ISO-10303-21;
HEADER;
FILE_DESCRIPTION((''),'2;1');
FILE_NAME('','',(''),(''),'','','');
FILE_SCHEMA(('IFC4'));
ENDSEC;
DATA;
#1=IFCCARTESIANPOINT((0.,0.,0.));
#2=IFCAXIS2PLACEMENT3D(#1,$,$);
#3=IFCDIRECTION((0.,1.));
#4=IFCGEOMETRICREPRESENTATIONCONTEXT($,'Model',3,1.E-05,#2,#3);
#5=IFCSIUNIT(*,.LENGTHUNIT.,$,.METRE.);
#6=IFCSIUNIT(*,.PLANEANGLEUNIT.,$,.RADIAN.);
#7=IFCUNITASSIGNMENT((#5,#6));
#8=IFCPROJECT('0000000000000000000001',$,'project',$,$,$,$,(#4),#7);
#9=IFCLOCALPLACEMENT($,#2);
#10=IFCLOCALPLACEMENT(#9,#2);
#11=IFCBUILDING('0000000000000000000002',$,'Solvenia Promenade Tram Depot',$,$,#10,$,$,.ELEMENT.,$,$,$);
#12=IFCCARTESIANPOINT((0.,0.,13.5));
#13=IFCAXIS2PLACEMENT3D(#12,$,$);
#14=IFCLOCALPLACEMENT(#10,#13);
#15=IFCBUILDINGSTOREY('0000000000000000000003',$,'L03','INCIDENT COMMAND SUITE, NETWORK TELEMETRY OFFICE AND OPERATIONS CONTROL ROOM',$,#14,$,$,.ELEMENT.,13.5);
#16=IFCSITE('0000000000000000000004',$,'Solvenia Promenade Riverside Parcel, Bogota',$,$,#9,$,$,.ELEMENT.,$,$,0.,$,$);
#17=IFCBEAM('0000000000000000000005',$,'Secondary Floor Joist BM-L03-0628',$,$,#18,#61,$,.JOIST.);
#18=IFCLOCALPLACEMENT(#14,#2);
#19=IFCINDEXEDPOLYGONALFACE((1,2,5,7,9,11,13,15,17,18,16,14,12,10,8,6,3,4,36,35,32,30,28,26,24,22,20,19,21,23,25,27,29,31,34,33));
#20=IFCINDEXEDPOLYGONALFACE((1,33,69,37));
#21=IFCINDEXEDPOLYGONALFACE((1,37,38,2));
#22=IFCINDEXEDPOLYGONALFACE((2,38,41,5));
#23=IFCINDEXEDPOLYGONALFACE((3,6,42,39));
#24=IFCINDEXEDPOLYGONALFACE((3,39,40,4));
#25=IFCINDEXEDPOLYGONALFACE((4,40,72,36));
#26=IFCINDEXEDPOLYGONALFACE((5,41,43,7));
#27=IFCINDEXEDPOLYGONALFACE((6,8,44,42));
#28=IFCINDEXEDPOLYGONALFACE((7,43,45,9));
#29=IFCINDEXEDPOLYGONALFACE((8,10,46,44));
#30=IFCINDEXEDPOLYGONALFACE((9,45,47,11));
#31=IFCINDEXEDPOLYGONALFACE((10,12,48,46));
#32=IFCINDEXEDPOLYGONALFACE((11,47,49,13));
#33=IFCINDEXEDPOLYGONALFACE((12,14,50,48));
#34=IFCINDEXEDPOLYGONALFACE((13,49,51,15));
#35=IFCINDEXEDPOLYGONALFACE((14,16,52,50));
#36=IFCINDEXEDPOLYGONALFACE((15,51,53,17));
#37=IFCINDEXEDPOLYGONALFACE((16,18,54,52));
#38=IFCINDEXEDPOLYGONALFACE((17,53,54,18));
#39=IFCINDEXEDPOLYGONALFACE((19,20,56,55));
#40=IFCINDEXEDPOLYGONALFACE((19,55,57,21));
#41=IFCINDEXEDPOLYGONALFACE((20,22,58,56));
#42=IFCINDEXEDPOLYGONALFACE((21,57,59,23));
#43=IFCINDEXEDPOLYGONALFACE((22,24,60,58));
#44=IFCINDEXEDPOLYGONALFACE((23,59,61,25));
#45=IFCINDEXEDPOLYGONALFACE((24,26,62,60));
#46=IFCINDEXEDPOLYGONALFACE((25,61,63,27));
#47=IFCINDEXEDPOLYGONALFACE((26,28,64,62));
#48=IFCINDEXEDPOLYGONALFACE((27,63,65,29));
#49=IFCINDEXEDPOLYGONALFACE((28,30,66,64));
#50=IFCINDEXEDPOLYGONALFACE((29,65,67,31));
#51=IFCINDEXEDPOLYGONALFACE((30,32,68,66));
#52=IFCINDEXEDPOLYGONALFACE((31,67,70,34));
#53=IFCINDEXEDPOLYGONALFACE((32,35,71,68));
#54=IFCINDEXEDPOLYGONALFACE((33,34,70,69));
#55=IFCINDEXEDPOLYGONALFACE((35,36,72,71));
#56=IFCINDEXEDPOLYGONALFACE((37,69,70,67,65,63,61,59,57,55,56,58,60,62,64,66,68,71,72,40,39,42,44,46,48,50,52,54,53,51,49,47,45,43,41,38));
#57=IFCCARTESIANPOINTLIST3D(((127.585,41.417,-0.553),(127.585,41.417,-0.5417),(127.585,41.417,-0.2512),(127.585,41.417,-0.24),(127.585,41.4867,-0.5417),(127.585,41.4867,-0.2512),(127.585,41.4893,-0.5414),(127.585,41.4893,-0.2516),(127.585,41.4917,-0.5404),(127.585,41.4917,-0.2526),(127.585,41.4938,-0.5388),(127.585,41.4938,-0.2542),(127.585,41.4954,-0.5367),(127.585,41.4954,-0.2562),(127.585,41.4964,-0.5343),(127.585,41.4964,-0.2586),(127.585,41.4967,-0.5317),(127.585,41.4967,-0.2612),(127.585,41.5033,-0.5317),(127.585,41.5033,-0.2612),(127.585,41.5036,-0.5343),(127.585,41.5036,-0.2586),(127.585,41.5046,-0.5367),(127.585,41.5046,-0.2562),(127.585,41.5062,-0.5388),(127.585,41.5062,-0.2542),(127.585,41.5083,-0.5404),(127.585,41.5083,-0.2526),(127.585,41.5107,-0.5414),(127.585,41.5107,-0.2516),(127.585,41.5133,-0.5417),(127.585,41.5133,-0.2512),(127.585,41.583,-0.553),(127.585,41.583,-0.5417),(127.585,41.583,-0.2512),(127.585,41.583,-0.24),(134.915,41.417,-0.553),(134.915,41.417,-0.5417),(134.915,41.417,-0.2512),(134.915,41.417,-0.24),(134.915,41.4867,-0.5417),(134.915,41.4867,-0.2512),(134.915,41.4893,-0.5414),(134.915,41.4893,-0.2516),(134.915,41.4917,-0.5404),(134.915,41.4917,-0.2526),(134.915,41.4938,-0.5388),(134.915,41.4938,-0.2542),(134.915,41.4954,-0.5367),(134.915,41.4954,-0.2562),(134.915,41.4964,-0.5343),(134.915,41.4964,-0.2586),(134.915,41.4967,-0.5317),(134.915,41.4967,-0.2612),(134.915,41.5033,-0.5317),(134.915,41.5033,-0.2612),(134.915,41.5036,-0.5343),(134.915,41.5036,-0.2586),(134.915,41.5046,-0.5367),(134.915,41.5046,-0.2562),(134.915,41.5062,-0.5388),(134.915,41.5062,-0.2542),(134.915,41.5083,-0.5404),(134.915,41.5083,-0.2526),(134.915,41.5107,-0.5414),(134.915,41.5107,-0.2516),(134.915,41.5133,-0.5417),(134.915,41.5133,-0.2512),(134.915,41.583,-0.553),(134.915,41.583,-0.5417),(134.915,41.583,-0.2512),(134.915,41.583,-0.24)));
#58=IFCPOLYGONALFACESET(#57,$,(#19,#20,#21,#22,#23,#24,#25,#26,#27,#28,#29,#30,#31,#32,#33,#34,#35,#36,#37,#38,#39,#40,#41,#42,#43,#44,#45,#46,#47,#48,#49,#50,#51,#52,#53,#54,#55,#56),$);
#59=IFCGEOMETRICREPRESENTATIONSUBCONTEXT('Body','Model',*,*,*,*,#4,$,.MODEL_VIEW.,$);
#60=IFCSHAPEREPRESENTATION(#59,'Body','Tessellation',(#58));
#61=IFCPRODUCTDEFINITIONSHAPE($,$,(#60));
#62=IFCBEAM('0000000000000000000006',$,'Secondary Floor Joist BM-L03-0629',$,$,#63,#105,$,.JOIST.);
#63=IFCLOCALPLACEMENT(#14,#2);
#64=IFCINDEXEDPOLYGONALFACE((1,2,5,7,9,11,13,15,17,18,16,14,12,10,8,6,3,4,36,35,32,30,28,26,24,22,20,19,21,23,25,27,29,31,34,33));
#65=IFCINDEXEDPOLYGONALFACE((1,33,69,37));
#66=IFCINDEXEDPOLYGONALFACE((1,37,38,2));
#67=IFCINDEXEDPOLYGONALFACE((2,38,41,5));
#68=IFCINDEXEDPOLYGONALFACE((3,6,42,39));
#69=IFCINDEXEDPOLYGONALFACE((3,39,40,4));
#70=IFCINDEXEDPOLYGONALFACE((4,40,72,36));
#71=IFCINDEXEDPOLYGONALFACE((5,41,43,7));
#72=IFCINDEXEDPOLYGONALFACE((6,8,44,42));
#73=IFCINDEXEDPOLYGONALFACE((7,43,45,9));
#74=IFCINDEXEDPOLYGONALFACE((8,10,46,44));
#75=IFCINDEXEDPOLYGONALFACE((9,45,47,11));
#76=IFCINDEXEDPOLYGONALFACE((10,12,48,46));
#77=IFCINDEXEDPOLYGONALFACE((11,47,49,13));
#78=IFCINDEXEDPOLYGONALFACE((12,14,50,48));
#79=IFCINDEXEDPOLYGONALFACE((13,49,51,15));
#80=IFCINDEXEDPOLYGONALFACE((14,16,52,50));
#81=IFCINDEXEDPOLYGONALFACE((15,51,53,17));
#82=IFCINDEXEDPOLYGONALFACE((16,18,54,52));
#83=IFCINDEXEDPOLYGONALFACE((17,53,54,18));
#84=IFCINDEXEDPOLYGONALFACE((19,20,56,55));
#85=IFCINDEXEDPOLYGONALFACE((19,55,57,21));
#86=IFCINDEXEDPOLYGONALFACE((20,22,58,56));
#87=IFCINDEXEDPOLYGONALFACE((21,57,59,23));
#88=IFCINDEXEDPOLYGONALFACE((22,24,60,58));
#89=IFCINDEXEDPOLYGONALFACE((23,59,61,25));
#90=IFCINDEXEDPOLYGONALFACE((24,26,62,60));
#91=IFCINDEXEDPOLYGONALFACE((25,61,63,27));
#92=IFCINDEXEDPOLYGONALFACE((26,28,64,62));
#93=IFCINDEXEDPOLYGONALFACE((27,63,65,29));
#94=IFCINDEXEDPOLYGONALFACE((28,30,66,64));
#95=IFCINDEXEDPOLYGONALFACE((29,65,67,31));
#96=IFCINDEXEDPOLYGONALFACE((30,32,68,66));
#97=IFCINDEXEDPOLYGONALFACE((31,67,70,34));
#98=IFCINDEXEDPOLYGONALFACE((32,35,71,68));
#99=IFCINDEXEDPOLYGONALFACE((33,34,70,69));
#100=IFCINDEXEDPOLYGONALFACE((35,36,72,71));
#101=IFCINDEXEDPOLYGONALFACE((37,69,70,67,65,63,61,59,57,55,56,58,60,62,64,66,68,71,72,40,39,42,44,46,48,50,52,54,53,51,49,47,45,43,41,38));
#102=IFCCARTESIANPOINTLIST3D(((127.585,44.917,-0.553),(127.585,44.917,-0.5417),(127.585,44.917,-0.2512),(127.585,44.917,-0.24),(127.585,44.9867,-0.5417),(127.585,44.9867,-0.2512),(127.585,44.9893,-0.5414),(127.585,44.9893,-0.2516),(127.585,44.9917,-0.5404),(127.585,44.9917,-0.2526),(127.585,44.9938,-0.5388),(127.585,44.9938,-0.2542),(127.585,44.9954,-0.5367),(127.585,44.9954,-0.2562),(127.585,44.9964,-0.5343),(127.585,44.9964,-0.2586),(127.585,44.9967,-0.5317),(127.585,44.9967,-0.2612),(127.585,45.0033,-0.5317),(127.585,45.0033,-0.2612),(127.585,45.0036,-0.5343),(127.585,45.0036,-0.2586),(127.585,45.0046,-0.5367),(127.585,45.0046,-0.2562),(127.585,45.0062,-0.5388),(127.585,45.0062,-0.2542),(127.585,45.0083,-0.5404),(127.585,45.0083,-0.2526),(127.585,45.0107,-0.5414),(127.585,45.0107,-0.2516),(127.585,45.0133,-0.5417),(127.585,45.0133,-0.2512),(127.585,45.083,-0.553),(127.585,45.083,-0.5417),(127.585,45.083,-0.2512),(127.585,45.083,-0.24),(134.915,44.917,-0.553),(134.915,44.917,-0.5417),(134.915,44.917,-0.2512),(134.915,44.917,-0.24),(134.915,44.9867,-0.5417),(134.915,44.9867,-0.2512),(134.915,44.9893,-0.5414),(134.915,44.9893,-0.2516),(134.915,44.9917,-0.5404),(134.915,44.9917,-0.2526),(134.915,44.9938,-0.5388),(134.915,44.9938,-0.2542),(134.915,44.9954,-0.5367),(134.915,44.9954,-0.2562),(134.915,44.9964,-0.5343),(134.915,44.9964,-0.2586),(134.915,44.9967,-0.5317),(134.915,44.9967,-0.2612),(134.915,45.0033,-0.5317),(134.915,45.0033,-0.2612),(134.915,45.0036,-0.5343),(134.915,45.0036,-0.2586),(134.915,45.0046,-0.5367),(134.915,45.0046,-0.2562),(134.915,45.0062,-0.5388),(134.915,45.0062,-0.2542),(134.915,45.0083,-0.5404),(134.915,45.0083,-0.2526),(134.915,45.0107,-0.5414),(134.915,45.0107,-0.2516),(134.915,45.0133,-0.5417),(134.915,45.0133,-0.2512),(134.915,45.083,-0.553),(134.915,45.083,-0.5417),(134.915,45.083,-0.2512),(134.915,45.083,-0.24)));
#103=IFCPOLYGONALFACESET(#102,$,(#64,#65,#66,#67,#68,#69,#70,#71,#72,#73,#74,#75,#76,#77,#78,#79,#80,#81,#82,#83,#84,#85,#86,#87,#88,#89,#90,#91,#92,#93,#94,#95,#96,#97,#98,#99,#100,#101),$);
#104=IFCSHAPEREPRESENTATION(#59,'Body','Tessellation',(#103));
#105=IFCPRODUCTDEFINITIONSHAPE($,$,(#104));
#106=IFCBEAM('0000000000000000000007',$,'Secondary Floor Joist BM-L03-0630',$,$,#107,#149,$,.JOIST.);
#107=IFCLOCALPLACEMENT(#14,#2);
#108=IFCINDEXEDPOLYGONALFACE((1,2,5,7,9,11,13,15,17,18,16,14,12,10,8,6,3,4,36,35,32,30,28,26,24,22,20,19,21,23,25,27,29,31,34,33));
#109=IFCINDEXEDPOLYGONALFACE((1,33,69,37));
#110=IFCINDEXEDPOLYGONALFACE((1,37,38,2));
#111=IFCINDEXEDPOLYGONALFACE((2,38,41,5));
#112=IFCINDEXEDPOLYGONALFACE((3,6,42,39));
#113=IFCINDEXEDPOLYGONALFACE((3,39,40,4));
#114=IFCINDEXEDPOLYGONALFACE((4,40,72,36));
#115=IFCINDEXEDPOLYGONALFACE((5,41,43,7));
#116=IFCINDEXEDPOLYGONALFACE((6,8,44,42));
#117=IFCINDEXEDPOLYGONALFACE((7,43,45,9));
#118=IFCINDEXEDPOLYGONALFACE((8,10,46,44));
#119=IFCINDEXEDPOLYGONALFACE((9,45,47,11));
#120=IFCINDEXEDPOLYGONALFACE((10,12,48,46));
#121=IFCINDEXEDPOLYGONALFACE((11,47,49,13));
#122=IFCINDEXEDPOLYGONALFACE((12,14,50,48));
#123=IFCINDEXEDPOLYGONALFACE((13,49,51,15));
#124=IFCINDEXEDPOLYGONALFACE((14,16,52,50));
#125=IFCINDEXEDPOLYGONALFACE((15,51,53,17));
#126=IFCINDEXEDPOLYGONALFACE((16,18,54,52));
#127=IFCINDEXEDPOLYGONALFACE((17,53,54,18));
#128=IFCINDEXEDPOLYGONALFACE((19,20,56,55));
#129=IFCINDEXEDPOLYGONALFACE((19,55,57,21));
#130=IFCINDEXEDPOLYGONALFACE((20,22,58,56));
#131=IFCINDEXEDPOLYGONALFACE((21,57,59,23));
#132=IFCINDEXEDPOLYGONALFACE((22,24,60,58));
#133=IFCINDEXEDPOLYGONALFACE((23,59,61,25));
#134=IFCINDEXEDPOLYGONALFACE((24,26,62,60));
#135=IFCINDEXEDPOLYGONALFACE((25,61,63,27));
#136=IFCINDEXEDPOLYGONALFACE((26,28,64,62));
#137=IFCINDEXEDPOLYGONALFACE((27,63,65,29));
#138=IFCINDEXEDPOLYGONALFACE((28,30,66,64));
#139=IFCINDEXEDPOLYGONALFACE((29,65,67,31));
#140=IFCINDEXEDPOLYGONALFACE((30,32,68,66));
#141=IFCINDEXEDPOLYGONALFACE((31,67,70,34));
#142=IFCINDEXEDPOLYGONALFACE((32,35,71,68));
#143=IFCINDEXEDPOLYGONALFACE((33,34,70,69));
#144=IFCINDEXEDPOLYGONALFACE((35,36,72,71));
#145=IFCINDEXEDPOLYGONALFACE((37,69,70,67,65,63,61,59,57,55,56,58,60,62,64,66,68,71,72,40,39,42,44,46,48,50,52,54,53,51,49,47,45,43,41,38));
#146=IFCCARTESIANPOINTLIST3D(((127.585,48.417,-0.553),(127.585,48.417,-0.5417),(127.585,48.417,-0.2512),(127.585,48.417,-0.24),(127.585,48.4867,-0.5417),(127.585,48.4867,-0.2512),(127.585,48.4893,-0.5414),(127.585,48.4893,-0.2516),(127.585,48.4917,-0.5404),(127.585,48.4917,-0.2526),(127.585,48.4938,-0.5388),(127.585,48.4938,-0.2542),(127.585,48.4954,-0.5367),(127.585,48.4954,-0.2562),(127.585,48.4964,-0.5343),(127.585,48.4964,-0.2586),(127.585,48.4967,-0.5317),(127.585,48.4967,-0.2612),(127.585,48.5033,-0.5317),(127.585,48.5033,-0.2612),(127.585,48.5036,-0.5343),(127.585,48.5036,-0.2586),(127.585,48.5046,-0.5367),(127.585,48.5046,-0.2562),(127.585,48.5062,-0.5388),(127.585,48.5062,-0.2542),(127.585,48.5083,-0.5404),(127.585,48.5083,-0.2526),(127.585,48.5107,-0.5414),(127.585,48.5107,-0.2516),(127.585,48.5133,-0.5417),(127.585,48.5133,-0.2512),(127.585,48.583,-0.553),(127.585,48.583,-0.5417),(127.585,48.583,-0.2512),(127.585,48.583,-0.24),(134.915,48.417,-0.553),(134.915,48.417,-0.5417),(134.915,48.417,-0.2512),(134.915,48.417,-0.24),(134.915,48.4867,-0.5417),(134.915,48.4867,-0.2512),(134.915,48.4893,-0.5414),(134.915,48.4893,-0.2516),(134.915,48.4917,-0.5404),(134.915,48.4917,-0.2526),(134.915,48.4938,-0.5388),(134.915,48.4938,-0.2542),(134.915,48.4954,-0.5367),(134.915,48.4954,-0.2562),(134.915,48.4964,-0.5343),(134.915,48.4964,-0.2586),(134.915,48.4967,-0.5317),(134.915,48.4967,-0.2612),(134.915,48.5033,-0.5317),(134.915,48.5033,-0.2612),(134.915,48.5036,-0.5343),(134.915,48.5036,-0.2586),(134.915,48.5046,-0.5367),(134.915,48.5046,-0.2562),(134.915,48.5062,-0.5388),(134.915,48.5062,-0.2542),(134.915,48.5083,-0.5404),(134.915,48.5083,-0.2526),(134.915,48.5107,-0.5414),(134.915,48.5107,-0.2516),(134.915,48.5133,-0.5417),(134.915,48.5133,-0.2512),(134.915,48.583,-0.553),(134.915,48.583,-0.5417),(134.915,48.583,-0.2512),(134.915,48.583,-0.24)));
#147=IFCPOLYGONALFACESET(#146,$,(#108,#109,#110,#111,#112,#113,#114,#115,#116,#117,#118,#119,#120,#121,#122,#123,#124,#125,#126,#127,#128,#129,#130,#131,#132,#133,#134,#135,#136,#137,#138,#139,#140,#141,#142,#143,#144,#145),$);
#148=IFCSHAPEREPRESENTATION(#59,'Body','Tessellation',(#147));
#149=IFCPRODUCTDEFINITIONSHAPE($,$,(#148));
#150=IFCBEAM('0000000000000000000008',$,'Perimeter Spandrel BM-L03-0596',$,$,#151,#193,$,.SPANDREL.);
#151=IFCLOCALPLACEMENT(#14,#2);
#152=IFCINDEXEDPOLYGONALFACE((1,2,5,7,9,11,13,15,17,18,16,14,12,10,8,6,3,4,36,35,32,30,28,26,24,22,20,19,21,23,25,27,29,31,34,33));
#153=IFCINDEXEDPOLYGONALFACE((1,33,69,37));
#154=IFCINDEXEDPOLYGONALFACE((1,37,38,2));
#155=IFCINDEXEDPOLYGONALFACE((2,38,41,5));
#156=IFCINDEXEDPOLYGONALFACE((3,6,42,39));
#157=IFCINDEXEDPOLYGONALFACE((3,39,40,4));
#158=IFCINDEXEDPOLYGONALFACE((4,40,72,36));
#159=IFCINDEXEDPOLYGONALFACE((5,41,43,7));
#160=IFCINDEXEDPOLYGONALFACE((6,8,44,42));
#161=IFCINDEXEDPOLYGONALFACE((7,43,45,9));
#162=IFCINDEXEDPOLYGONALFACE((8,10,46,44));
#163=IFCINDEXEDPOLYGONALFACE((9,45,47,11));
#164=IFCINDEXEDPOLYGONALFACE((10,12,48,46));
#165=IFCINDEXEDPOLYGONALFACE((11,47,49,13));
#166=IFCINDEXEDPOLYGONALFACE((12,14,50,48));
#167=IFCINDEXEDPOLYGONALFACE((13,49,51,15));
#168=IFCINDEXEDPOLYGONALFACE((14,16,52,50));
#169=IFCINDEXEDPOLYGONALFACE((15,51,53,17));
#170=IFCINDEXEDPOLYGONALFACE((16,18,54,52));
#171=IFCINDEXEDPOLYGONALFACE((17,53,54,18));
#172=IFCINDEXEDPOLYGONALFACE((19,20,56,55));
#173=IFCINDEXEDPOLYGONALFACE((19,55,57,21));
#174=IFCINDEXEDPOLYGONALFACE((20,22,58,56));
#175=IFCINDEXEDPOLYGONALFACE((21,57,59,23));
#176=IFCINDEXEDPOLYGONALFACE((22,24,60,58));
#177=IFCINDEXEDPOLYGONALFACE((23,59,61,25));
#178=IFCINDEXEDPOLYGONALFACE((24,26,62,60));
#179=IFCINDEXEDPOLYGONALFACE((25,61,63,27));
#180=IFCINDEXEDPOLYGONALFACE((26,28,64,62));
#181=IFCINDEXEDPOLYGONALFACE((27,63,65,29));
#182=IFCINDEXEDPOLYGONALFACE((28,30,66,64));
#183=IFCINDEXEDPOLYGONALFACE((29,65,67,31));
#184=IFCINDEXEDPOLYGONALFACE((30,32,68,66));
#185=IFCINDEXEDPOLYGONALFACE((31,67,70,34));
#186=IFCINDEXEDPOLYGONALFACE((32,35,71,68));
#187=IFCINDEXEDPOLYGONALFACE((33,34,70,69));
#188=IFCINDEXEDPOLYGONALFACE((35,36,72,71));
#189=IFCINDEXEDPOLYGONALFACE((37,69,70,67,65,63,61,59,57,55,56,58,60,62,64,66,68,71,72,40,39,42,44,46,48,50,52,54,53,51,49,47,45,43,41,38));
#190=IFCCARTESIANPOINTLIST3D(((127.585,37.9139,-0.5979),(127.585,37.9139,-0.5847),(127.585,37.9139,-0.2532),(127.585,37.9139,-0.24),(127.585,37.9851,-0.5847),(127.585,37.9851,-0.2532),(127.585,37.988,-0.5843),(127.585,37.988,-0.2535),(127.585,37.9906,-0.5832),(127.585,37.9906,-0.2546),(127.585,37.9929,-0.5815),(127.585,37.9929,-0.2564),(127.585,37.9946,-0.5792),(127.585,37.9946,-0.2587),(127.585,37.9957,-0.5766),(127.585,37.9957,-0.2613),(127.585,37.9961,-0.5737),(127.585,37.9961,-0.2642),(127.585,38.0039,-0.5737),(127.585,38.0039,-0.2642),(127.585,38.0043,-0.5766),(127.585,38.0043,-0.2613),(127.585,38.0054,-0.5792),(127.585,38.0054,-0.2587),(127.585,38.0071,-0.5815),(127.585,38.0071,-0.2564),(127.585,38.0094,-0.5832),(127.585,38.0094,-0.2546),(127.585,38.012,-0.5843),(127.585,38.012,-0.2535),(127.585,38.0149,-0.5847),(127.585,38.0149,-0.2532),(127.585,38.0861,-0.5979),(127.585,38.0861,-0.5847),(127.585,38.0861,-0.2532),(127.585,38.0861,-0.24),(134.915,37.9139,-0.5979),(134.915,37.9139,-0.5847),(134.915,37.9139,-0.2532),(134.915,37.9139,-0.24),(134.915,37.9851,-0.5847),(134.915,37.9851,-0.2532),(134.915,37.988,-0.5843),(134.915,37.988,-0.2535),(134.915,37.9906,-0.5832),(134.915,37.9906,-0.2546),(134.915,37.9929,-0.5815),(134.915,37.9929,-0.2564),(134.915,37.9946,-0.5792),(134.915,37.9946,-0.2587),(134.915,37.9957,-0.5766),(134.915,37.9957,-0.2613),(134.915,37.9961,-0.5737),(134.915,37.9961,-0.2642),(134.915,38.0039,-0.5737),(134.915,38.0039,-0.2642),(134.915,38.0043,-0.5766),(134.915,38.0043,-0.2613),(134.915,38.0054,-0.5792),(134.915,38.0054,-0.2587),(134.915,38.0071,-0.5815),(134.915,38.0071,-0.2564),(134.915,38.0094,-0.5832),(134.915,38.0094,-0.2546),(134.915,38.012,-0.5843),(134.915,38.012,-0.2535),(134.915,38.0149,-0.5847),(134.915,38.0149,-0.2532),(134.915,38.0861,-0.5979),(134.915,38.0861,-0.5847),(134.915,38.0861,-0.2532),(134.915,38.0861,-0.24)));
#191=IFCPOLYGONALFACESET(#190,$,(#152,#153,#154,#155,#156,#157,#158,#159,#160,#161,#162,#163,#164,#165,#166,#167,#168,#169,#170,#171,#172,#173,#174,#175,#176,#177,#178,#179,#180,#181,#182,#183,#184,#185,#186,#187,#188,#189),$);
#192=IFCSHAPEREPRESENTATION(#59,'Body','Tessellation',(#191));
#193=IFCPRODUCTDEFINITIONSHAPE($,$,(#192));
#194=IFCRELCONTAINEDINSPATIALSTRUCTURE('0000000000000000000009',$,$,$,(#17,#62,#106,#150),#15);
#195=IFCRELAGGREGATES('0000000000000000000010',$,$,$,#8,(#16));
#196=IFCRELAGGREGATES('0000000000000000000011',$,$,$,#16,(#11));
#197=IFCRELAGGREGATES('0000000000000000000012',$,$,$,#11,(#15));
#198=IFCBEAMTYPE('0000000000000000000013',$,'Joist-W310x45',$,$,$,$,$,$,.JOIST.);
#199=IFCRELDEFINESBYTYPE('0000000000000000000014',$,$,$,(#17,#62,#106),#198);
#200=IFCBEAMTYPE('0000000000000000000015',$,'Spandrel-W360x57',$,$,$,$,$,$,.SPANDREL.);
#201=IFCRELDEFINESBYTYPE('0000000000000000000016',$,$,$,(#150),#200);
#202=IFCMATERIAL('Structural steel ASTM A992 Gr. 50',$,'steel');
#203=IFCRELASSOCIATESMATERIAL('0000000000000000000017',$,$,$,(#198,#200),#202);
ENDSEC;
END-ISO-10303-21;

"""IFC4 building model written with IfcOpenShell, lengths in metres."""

from ifc_helpers import new_model, si_unit, direction, frame, origin, origin_2d, place, context, subcontext, project, spatial, i_section, extrude, material, material_profile, profile_set, type_object, element, save


model = new_model("IFC4")

# Units and contexts
model_context = context("Model", 3, precision=1e-05, world=origin(), true_north=direction((0.0, 1.0)))
body_context = subcontext(model_context, "Body", "Model", "MODEL_VIEW")
ifc_project = project(units=[si_unit("LENGTHUNIT", "METRE"), si_unit("PLANEANGLEUNIT", "RADIAN")], contexts=[model_context])

# Site, building, storey
site_placement = place(None, origin())
site = spatial("IfcSite", under=ifc_project, at=site_placement, Name="Solvenia Promenade Riverside Parcel, Bogota", CompositionType="ELEMENT", RefElevation=0.0)
building_placement = place(site_placement, origin())
building = spatial("IfcBuilding", under=site, at=building_placement, Name="Solvenia Promenade Tram Depot", CompositionType="ELEMENT")
storey_placement = place(building_placement, frame((0.0, 0.0, 13.5)))
storey = spatial("IfcBuildingStorey", under=building, at=storey_placement, Name="L03", Description="INCIDENT COMMAND SUITE, NETWORK TELEMETRY OFFICE AND OPERATIONS CONTROL ROOM", CompositionType="ELEMENT", Elevation=13.5)

# Shared definitions
ifc_material_1 = material(Name="Structural steel ASTM A992 Gr. 50", Category="steel")

# Beams
ifc_material_profile_1 = material_profile(ifc_material_1, i_section(OverallWidth=0.166, OverallDepth=0.313, WebThickness=0.0066, FlangeThickness=0.0112, FilletRadius=0.01, at=origin_2d()), Name="W310x45", Category="steel")
ifc_profile_set_1 = profile_set([ifc_material_profile_1], Name="Structural steel ASTM A992 Gr. 50")
beam_type_1 = type_object("IfcBeamType", Name="Joist-W310x45", PredefinedType="JOIST", material=ifc_profile_set_1)
for number, where, z_axis, x_axis, name in (
    (1, (127.585, 41.5, -0.3965), (1.0, 0.0, 0.0), (0.0, 1.0, 0.0), "Secondary Floor Joist BM-L03-0628"),
    (2, (127.585, 45.0, -0.3965), (1.0, 0.0, 0.0), (0.0, 1.0, 0.0), "Secondary Floor Joist BM-L03-0629"),
    (3, (127.585, 48.5, -0.3965), (1.0, 0.0, 0.0), (0.0, 1.0, 0.0), "Secondary Floor Joist BM-L03-0630"),
):
    element("IfcBeam", number, at=place(storey_placement, frame(where, z_axis=z_axis, x_axis=x_axis)), inside=storey, type_object=beam_type_1, Name=name, PredefinedType="JOIST", context=body_context, shape_type="SweptSolid", body=[
        extrude(i_section(OverallWidth=0.166, OverallDepth=0.313, WebThickness=0.0066, FlangeThickness=0.0112, FilletRadius=0.01, at=origin_2d()), origin(), (0.0, 0.0, 1.0), 7.3301),
    ])
ifc_material_profile_2 = material_profile(ifc_material_1, i_section(OverallWidth=0.1721, OverallDepth=0.3579, WebThickness=0.0078, FlangeThickness=0.0132, FilletRadius=0.011, at=origin_2d()), Name="W360x57", Category="steel")
ifc_profile_set_2 = profile_set([ifc_material_profile_2], Name="Structural steel ASTM A992 Gr. 50")
beam_type_2 = type_object("IfcBeamType", Name="Spandrel-W360x57", PredefinedType="SPANDREL", material=ifc_profile_set_2)
for number, where, z_axis, x_axis, name in (
    (4, (127.585, 38.0, -0.4189), (1.0, 0.0, 0.0), (0.0, 1.0, 0.0), "Perimeter Spandrel BM-L03-0596"),
):
    element("IfcBeam", number, at=place(storey_placement, frame(where, z_axis=z_axis, x_axis=x_axis)), inside=storey, type_object=beam_type_2, Name=name, PredefinedType="SPANDREL", context=body_context, shape_type="SweptSolid", body=[
        extrude(i_section(OverallWidth=0.1721, OverallDepth=0.3579, WebThickness=0.0078, FlangeThickness=0.0132, FilletRadius=0.011, at=origin_2d()), origin(), (0.0, 0.0, 1.0), 7.3301),
    ])

save(model, "model.ifc")
